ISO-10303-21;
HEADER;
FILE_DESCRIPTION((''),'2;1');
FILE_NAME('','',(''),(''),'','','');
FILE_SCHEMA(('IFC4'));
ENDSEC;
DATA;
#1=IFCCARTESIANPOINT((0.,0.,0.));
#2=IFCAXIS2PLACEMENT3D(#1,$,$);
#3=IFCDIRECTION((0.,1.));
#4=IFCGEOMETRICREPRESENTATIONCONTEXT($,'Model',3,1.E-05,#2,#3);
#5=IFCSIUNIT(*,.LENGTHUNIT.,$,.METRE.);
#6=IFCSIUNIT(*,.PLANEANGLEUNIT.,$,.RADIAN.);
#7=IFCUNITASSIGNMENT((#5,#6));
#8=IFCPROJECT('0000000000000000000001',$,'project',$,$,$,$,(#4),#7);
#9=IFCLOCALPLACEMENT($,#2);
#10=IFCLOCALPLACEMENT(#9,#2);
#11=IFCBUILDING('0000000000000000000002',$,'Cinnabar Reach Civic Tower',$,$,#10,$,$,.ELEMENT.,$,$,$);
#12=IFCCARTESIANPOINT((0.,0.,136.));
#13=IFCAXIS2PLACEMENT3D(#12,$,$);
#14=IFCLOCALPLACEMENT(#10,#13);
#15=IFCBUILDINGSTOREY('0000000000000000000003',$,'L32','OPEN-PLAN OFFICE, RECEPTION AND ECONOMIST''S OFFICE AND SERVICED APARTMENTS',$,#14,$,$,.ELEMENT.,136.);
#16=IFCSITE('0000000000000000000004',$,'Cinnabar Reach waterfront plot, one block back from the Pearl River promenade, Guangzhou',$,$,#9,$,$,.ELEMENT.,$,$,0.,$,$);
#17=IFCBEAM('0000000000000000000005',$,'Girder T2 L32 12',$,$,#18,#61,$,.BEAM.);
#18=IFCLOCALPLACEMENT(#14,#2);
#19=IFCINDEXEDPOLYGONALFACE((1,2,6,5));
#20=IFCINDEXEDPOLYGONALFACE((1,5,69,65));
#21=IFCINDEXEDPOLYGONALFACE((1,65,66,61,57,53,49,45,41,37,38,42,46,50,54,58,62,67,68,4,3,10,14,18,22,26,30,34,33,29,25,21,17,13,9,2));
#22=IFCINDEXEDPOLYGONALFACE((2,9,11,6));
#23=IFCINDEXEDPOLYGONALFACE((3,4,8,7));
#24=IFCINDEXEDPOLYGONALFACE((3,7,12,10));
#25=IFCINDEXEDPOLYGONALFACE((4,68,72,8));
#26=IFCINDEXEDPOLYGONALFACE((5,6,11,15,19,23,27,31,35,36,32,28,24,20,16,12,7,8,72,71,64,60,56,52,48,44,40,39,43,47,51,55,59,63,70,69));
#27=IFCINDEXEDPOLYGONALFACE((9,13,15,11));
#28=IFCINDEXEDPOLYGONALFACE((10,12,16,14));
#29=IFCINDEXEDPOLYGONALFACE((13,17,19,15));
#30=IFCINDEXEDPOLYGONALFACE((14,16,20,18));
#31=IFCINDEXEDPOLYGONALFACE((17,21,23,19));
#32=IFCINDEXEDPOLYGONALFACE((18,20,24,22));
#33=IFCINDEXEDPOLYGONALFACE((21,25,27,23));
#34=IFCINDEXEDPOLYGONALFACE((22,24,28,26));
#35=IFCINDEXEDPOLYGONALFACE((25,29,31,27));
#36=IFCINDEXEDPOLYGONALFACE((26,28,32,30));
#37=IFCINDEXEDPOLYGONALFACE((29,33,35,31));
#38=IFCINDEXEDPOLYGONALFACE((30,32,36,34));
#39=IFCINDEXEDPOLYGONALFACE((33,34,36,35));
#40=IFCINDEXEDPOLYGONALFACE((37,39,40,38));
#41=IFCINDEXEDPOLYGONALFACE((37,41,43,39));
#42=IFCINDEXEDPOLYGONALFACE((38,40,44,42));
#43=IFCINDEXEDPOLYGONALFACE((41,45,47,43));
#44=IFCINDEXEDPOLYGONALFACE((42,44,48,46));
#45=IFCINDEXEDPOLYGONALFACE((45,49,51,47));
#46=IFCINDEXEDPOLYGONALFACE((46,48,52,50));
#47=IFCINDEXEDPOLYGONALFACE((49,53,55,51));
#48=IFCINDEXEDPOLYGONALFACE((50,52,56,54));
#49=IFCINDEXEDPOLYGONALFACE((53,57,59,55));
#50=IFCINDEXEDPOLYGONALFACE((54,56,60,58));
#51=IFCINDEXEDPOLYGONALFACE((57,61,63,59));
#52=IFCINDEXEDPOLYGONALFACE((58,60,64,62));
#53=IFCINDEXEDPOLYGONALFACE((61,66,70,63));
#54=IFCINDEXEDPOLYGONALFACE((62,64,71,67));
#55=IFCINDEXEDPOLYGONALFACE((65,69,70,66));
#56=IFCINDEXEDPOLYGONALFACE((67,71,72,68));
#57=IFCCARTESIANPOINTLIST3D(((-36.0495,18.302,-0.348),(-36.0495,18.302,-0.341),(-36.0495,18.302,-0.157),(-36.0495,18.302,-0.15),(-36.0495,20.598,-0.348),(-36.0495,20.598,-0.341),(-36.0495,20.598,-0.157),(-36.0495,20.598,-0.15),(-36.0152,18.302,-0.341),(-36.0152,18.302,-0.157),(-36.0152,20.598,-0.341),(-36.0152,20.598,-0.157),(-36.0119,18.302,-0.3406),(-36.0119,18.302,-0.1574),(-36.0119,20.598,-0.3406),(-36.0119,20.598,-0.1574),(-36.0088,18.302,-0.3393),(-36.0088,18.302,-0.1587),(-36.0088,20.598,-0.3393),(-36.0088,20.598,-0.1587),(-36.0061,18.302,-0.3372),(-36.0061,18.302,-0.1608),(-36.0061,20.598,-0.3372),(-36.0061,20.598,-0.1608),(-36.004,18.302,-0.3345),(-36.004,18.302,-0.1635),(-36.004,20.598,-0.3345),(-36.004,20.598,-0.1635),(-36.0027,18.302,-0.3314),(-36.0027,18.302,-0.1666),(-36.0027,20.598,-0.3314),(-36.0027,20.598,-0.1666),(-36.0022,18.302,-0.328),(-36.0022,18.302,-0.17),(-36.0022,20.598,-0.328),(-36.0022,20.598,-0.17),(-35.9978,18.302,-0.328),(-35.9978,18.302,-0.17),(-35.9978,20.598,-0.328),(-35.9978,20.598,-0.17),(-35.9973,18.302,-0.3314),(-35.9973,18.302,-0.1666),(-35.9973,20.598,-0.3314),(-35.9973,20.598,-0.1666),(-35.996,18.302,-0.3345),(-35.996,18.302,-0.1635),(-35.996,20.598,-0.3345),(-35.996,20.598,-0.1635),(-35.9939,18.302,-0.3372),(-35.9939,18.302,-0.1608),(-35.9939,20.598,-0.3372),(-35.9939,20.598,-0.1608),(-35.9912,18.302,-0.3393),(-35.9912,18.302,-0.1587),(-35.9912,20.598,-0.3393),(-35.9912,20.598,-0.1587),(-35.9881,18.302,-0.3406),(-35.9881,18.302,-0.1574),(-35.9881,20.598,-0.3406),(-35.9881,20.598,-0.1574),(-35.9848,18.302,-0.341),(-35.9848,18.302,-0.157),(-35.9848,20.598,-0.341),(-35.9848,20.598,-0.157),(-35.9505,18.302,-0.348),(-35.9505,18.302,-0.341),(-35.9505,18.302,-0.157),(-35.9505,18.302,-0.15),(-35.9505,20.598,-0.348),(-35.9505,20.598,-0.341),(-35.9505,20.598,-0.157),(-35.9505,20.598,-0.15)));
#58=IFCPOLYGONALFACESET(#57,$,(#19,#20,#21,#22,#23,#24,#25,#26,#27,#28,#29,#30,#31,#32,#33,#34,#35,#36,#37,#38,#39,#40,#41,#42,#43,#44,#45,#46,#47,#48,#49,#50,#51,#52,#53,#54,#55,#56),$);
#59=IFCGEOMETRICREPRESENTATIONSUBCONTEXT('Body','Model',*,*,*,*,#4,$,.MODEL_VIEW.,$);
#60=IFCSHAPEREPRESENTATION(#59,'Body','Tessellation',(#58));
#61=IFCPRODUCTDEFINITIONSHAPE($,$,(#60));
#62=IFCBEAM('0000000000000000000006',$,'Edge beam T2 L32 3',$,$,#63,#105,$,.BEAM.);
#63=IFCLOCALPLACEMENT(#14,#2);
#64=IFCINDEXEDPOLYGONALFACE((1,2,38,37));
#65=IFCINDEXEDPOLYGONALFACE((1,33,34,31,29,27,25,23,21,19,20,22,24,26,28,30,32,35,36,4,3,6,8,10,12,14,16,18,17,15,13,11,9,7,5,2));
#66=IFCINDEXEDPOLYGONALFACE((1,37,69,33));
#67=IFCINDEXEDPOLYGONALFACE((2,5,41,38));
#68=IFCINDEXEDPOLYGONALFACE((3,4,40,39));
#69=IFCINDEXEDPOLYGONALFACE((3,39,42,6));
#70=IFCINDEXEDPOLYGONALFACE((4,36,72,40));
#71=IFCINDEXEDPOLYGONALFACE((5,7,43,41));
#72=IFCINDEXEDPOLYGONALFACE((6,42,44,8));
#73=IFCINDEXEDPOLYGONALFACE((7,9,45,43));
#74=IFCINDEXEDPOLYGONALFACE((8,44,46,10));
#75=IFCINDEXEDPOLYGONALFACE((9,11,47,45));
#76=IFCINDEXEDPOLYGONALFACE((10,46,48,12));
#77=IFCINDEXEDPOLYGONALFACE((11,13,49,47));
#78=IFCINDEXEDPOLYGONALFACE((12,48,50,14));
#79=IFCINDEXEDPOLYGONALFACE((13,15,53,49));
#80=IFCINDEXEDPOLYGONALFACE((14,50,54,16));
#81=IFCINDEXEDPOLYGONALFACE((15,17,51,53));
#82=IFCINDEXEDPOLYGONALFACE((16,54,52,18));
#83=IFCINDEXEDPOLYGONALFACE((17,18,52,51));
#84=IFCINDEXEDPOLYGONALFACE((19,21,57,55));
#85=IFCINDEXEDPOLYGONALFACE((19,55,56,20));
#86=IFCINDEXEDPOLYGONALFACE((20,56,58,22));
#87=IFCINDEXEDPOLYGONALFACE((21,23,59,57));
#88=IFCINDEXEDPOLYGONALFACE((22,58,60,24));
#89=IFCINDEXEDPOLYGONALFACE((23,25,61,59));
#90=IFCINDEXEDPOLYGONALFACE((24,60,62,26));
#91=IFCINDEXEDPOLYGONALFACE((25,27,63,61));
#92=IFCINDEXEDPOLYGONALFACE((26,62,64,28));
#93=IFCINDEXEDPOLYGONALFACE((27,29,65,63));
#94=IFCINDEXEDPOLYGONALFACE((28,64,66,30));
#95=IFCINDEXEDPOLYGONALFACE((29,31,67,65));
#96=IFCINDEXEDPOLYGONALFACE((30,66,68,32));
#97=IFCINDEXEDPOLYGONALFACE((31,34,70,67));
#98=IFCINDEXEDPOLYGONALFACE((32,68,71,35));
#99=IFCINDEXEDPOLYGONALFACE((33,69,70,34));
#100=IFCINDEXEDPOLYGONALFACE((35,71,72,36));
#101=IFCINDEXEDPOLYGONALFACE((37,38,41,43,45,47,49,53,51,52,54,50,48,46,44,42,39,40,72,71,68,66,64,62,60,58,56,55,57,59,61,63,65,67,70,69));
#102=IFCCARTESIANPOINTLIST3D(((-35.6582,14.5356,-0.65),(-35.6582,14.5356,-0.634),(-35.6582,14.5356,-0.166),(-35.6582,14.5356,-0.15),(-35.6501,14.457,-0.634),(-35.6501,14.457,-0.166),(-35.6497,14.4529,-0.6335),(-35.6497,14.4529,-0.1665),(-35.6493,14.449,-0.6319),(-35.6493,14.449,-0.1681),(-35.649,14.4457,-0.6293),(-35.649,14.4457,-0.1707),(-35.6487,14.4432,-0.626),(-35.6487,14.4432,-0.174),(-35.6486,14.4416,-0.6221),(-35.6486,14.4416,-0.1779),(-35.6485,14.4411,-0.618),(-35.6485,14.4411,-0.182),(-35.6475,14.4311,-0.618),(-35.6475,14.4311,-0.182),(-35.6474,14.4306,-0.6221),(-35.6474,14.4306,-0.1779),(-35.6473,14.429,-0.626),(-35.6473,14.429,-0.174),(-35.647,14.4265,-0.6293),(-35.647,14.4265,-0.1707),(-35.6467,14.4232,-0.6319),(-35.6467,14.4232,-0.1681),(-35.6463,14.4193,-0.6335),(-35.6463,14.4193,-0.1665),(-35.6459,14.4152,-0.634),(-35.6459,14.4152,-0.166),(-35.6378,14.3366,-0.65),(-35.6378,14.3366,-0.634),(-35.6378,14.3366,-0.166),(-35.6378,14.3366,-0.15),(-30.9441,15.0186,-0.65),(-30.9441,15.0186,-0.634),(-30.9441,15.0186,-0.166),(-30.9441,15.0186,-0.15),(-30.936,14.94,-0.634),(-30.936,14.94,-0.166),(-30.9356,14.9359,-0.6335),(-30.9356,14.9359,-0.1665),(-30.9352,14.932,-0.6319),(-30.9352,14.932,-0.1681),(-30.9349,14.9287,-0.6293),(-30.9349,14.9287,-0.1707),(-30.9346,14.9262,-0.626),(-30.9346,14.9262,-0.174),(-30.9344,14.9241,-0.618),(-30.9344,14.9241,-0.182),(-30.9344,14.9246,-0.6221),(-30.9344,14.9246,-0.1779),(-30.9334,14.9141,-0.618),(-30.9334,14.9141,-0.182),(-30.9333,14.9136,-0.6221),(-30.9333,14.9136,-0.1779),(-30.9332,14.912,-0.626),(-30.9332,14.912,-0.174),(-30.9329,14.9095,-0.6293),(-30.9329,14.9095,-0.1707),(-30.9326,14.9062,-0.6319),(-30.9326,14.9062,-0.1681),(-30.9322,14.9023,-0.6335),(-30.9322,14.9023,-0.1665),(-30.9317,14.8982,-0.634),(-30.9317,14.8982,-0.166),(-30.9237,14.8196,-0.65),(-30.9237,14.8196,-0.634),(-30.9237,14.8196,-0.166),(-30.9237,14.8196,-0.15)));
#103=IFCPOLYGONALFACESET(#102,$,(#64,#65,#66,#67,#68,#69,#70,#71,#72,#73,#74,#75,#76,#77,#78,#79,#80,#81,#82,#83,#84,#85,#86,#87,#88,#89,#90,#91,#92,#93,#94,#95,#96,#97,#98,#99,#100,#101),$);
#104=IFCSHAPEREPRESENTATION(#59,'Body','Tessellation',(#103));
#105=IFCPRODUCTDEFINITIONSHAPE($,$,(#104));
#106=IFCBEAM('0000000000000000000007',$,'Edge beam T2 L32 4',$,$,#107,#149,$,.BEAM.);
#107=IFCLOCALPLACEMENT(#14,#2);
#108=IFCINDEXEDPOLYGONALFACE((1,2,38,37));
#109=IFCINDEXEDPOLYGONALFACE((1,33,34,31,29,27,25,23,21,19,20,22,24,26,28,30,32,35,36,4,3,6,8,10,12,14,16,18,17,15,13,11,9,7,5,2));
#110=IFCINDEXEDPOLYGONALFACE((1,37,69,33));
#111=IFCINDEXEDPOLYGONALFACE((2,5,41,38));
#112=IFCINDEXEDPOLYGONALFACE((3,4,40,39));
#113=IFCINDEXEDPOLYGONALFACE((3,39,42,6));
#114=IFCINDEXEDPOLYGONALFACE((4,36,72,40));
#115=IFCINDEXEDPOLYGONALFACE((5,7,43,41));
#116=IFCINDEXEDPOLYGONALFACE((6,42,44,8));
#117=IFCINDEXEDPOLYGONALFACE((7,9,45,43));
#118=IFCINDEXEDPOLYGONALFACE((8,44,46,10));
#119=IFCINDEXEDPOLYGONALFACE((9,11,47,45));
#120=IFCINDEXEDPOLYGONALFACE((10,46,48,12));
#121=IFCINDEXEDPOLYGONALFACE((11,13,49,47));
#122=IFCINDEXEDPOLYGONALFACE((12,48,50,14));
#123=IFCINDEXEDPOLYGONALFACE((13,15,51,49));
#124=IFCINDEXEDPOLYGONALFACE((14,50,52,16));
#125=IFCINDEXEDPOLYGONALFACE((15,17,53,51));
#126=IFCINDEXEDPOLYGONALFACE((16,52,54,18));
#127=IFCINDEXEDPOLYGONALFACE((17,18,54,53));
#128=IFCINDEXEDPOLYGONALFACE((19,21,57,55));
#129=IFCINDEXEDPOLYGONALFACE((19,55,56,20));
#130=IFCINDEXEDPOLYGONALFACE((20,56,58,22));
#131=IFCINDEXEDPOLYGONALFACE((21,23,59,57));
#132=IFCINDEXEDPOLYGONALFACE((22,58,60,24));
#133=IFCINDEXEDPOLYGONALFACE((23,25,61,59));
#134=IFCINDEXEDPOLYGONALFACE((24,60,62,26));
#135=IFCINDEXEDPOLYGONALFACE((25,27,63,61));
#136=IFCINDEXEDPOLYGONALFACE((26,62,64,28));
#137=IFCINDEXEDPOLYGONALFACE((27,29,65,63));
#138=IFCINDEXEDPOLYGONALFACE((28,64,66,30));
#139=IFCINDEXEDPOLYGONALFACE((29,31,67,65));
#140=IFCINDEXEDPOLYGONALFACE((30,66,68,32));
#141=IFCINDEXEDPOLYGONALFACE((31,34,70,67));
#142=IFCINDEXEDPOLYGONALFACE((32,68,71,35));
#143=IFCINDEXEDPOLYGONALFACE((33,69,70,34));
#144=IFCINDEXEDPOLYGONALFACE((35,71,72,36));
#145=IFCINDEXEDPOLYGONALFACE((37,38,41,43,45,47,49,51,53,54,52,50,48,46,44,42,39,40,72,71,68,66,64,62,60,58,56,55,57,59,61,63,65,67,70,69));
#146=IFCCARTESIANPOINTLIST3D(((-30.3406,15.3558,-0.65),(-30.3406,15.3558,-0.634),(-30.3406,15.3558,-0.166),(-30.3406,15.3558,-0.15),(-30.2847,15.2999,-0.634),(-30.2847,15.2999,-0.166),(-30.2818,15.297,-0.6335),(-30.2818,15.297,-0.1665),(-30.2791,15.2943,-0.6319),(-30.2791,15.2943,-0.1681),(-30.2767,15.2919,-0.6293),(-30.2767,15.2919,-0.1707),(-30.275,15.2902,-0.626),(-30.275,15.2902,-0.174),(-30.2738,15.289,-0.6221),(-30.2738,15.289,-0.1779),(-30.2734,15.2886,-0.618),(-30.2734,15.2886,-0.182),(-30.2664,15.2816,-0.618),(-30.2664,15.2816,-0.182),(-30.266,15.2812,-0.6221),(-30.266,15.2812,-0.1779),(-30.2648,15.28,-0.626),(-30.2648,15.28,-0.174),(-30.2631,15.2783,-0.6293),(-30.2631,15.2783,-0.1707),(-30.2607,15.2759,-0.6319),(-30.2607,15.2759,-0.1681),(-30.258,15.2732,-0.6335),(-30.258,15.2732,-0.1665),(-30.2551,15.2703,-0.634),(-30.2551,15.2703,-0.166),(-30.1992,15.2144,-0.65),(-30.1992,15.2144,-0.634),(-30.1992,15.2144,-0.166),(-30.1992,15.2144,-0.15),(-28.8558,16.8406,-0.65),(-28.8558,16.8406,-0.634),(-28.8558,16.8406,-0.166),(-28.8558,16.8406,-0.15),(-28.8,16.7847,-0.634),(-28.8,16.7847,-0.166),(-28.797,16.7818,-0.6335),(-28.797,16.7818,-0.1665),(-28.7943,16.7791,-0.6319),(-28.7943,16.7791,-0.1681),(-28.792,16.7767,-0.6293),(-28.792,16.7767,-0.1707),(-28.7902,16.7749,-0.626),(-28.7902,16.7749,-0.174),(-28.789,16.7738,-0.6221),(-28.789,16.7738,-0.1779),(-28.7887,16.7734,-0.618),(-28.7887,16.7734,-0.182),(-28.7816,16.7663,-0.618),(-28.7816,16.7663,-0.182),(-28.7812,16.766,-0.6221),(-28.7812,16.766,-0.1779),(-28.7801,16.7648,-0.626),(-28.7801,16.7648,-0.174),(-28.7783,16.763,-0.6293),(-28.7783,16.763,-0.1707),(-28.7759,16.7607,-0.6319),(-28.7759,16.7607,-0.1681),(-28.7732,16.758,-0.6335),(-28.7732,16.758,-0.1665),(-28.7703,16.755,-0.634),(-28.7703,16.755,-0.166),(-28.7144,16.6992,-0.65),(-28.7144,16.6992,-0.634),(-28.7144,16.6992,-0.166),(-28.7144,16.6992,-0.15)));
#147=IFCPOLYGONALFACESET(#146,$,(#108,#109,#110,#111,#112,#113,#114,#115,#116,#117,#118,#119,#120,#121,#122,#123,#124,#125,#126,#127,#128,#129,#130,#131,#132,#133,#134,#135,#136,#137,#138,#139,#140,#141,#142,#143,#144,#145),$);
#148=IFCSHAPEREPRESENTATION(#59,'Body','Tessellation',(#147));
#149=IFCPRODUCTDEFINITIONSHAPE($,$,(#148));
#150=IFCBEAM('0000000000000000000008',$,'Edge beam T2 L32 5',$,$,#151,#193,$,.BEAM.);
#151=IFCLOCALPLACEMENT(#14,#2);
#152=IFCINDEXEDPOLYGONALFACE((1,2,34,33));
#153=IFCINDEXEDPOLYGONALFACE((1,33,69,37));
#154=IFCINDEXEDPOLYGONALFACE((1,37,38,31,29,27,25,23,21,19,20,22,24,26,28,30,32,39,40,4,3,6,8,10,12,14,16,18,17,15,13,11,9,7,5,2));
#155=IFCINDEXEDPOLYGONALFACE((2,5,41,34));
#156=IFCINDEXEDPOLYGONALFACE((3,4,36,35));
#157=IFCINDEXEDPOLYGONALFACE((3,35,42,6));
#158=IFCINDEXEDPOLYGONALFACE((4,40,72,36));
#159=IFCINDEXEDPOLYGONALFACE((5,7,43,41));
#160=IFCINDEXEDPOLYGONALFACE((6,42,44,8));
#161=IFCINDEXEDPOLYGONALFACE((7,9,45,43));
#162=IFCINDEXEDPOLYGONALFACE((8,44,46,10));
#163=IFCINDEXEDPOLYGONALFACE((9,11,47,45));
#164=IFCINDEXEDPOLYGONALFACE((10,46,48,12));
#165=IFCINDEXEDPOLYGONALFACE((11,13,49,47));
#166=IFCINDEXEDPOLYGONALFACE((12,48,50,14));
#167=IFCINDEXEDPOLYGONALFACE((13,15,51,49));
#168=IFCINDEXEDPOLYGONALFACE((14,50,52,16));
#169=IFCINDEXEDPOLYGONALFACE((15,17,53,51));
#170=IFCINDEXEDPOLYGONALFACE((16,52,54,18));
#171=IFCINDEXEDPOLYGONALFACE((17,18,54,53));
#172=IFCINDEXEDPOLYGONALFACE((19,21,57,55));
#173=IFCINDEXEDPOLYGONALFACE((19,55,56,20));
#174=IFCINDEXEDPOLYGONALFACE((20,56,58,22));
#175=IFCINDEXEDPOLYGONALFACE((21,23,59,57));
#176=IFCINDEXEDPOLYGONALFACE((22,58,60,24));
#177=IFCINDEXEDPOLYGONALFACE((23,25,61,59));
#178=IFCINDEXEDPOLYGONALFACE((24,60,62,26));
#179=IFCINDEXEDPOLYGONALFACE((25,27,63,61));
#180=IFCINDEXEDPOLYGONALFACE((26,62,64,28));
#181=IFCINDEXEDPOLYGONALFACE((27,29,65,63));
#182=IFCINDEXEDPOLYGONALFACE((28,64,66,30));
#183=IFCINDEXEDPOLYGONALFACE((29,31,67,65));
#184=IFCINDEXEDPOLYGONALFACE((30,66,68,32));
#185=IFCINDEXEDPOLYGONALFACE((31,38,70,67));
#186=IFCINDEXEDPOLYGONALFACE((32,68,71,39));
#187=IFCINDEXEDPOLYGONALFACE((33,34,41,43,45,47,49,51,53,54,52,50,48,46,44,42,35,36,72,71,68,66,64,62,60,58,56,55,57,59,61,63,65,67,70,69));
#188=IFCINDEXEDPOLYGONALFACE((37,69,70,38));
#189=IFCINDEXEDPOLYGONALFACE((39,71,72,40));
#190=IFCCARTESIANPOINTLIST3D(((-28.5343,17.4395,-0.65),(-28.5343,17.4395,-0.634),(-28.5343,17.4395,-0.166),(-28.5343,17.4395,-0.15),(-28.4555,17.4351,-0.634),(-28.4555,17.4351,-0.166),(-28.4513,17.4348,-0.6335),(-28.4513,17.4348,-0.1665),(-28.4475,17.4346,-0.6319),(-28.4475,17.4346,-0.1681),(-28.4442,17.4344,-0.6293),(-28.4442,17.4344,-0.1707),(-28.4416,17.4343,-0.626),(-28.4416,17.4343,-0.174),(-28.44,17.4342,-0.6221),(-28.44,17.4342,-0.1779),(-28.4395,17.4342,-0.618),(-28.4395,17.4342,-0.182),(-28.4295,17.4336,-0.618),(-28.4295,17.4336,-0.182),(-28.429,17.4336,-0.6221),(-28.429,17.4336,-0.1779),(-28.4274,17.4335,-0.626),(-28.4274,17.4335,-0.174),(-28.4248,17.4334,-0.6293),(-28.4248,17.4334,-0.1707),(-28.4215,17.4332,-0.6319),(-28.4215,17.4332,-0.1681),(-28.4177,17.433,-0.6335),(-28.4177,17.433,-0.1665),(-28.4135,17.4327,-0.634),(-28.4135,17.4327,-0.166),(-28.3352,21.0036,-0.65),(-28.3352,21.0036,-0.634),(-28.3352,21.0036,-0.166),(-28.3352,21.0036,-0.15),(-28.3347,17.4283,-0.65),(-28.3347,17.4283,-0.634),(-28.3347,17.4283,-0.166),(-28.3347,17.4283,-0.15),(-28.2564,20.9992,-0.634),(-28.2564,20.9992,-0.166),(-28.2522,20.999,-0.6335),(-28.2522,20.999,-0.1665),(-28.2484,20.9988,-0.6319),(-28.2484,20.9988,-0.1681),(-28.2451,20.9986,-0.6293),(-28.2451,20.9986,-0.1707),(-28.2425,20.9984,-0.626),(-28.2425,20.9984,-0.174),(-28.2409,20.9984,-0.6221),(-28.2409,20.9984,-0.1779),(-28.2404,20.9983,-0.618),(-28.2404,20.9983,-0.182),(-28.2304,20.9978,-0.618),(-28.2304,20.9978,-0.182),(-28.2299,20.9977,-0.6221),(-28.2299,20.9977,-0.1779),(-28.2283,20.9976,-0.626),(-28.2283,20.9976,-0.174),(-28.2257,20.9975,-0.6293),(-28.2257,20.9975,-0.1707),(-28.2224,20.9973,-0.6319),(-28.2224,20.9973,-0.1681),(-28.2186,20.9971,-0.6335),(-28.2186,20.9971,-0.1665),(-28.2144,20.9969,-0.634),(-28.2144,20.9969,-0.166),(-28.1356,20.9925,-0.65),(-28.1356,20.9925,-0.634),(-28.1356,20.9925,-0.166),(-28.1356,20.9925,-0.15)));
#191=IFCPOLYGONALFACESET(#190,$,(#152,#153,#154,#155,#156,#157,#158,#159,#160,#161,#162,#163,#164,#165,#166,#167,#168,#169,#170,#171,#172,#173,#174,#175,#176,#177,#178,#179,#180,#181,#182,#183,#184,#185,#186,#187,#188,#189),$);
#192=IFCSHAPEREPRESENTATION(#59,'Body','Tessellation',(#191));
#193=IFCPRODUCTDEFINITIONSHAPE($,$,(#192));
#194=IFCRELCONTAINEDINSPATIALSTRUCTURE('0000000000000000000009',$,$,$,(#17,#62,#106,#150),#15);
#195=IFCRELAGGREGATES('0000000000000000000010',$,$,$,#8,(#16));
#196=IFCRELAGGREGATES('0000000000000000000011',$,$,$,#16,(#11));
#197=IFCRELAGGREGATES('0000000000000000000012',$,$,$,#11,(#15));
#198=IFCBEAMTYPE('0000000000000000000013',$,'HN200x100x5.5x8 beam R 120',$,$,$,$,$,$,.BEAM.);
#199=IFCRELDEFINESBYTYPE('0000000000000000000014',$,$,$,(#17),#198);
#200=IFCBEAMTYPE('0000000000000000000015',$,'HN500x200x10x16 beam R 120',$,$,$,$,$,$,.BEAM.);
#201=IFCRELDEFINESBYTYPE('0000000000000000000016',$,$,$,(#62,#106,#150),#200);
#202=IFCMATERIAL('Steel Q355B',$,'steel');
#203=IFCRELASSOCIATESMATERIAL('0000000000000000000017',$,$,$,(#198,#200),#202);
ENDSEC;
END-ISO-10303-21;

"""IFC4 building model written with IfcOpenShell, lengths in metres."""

from ifc_helpers import new_model, si_unit, direction, frame, origin, origin_2d, place, context, subcontext, project, spatial, i_section, extrude, material, material_profile, profile_set, type_object, element, save


model = new_model("IFC4")

# Units and contexts
model_context = context("Model", 3, precision=1e-05, world=origin(), true_north=direction((0.0, 1.0)))
body_context = subcontext(model_context, "Body", "Model", "MODEL_VIEW")
ifc_project = project(units=[si_unit("LENGTHUNIT", "METRE"), si_unit("PLANEANGLEUNIT", "RADIAN")], contexts=[model_context])

# Site, building, storey
site_placement = place(None, origin())
site = spatial("IfcSite", under=ifc_project, at=site_placement, Name="Cinnabar Reach waterfront plot, one block back from the Pearl River promenade, Guangzhou", CompositionType="ELEMENT", RefElevation=0.0)
building_placement = place(site_placement, origin())
building = spatial("IfcBuilding", under=site, at=building_placement, Name="Cinnabar Reach Civic Tower", CompositionType="ELEMENT")
storey_placement = place(building_placement, frame((0.0, 0.0, 136.0)))
storey = spatial("IfcBuildingStorey", under=building, at=storey_placement, Name="L32", Description="OPEN-PLAN OFFICE, RECEPTION AND ECONOMIST'S OFFICE AND SERVICED APARTMENTS", CompositionType="ELEMENT", Elevation=136.0)

# Beams
ifc_material_1 = material(Name="Steel Q355B", Category="steel")
ifc_material_profile_1 = material_profile(ifc_material_1, i_section(OverallWidth=0.099, OverallDepth=0.198, WebThickness=0.0045, FlangeThickness=0.007, FilletRadius=0.013, at=origin_2d()), Name="HN200x100x5.5x8")
ifc_profile_set_1 = profile_set([ifc_material_profile_1], Name="Steel Q355B")
beam_type_1 = type_object("IfcBeamType", Name="HN200x100x5.5x8 beam R 120", PredefinedType="BEAM", material=ifc_profile_set_1)
beam_1_placement = place(storey_placement, frame((-36.0, 18.302, -0.249), z_axis=(0.0, 1.0, 0.0), x_axis=(-1.0, 0.0, 0.0)))
element("IfcBeam", 1, at=beam_1_placement, inside=storey, type_object=beam_type_1, Name="Girder T2 L32 12", PredefinedType="BEAM", context=body_context, shape_type="SweptSolid", body=[
    extrude(i_section(OverallWidth=0.099, OverallDepth=0.198, WebThickness=0.0045, FlangeThickness=0.007, FilletRadius=0.013, at=origin_2d()), origin(), (0.0, 0.0, 1.0), 2.296),
])
ifc_material_profile_2 = material_profile(ifc_material_1, i_section(OverallWidth=0.2, OverallDepth=0.5, WebThickness=0.01, FlangeThickness=0.016, FilletRadius=0.016, at=origin_2d()), Name="HN500x200x10x16")
ifc_profile_set_2 = profile_set([ifc_material_profile_2], Name="Steel Q355B")
beam_type_2 = type_object("IfcBeamType", Name="HN500x200x10x16 beam R 120", PredefinedType="BEAM", material=ifc_profile_set_2)
beam_2_placement = place(storey_placement, frame((-35.648, 14.4361, -0.4), z_axis=(0.994792, 0.101925, 0.0), x_axis=(-0.101925, 0.994792, 0.0)))
element("IfcBeam", 2, at=beam_2_placement, inside=storey, type_object=beam_type_2, Name="Edge beam T2 L32 3", PredefinedType="BEAM", context=body_context, shape_type="SweptSolid", body=[
    extrude(i_section(OverallWidth=0.2, OverallDepth=0.5, WebThickness=0.01, FlangeThickness=0.016, FilletRadius=0.016, at=origin_2d()), origin(), (0.0, 0.0, 1.0), 4.7388),
])
beam_3_placement = place(storey_placement, frame((-30.2699, 15.2851, -0.4), z_axis=(0.707107, 0.707107, 0.0), x_axis=(-0.707107, 0.707107, 0.0)))
element("IfcBeam", 3, at=beam_3_placement, inside=storey, type_object=beam_type_2, Name="Edge beam T2 L32 4", PredefinedType="BEAM", context=body_context, shape_type="SweptSolid", body=[
    extrude(i_section(OverallWidth=0.2, OverallDepth=0.5, WebThickness=0.01, FlangeThickness=0.016, FilletRadius=0.016, at=origin_2d()), origin(), (0.0, 0.0, 1.0), 2.0998),
])
beam_4_placement = place(storey_placement, frame((-28.4345, 17.4339, -0.4), z_axis=(0.055776, 0.998443, 0.0), x_axis=(-0.998443, 0.055776, 0.0)))
element("IfcBeam", 4, at=beam_4_placement, inside=storey, type_object=beam_type_2, Name="Edge beam T2 L32 5", PredefinedType="BEAM", context=body_context, shape_type="SweptSolid", body=[
    extrude(i_section(OverallWidth=0.2, OverallDepth=0.5, WebThickness=0.01, FlangeThickness=0.016, FilletRadius=0.016, at=origin_2d()), origin(), (0.0, 0.0, 1.0), 3.5697),
])

save(model, "model.ifc")
